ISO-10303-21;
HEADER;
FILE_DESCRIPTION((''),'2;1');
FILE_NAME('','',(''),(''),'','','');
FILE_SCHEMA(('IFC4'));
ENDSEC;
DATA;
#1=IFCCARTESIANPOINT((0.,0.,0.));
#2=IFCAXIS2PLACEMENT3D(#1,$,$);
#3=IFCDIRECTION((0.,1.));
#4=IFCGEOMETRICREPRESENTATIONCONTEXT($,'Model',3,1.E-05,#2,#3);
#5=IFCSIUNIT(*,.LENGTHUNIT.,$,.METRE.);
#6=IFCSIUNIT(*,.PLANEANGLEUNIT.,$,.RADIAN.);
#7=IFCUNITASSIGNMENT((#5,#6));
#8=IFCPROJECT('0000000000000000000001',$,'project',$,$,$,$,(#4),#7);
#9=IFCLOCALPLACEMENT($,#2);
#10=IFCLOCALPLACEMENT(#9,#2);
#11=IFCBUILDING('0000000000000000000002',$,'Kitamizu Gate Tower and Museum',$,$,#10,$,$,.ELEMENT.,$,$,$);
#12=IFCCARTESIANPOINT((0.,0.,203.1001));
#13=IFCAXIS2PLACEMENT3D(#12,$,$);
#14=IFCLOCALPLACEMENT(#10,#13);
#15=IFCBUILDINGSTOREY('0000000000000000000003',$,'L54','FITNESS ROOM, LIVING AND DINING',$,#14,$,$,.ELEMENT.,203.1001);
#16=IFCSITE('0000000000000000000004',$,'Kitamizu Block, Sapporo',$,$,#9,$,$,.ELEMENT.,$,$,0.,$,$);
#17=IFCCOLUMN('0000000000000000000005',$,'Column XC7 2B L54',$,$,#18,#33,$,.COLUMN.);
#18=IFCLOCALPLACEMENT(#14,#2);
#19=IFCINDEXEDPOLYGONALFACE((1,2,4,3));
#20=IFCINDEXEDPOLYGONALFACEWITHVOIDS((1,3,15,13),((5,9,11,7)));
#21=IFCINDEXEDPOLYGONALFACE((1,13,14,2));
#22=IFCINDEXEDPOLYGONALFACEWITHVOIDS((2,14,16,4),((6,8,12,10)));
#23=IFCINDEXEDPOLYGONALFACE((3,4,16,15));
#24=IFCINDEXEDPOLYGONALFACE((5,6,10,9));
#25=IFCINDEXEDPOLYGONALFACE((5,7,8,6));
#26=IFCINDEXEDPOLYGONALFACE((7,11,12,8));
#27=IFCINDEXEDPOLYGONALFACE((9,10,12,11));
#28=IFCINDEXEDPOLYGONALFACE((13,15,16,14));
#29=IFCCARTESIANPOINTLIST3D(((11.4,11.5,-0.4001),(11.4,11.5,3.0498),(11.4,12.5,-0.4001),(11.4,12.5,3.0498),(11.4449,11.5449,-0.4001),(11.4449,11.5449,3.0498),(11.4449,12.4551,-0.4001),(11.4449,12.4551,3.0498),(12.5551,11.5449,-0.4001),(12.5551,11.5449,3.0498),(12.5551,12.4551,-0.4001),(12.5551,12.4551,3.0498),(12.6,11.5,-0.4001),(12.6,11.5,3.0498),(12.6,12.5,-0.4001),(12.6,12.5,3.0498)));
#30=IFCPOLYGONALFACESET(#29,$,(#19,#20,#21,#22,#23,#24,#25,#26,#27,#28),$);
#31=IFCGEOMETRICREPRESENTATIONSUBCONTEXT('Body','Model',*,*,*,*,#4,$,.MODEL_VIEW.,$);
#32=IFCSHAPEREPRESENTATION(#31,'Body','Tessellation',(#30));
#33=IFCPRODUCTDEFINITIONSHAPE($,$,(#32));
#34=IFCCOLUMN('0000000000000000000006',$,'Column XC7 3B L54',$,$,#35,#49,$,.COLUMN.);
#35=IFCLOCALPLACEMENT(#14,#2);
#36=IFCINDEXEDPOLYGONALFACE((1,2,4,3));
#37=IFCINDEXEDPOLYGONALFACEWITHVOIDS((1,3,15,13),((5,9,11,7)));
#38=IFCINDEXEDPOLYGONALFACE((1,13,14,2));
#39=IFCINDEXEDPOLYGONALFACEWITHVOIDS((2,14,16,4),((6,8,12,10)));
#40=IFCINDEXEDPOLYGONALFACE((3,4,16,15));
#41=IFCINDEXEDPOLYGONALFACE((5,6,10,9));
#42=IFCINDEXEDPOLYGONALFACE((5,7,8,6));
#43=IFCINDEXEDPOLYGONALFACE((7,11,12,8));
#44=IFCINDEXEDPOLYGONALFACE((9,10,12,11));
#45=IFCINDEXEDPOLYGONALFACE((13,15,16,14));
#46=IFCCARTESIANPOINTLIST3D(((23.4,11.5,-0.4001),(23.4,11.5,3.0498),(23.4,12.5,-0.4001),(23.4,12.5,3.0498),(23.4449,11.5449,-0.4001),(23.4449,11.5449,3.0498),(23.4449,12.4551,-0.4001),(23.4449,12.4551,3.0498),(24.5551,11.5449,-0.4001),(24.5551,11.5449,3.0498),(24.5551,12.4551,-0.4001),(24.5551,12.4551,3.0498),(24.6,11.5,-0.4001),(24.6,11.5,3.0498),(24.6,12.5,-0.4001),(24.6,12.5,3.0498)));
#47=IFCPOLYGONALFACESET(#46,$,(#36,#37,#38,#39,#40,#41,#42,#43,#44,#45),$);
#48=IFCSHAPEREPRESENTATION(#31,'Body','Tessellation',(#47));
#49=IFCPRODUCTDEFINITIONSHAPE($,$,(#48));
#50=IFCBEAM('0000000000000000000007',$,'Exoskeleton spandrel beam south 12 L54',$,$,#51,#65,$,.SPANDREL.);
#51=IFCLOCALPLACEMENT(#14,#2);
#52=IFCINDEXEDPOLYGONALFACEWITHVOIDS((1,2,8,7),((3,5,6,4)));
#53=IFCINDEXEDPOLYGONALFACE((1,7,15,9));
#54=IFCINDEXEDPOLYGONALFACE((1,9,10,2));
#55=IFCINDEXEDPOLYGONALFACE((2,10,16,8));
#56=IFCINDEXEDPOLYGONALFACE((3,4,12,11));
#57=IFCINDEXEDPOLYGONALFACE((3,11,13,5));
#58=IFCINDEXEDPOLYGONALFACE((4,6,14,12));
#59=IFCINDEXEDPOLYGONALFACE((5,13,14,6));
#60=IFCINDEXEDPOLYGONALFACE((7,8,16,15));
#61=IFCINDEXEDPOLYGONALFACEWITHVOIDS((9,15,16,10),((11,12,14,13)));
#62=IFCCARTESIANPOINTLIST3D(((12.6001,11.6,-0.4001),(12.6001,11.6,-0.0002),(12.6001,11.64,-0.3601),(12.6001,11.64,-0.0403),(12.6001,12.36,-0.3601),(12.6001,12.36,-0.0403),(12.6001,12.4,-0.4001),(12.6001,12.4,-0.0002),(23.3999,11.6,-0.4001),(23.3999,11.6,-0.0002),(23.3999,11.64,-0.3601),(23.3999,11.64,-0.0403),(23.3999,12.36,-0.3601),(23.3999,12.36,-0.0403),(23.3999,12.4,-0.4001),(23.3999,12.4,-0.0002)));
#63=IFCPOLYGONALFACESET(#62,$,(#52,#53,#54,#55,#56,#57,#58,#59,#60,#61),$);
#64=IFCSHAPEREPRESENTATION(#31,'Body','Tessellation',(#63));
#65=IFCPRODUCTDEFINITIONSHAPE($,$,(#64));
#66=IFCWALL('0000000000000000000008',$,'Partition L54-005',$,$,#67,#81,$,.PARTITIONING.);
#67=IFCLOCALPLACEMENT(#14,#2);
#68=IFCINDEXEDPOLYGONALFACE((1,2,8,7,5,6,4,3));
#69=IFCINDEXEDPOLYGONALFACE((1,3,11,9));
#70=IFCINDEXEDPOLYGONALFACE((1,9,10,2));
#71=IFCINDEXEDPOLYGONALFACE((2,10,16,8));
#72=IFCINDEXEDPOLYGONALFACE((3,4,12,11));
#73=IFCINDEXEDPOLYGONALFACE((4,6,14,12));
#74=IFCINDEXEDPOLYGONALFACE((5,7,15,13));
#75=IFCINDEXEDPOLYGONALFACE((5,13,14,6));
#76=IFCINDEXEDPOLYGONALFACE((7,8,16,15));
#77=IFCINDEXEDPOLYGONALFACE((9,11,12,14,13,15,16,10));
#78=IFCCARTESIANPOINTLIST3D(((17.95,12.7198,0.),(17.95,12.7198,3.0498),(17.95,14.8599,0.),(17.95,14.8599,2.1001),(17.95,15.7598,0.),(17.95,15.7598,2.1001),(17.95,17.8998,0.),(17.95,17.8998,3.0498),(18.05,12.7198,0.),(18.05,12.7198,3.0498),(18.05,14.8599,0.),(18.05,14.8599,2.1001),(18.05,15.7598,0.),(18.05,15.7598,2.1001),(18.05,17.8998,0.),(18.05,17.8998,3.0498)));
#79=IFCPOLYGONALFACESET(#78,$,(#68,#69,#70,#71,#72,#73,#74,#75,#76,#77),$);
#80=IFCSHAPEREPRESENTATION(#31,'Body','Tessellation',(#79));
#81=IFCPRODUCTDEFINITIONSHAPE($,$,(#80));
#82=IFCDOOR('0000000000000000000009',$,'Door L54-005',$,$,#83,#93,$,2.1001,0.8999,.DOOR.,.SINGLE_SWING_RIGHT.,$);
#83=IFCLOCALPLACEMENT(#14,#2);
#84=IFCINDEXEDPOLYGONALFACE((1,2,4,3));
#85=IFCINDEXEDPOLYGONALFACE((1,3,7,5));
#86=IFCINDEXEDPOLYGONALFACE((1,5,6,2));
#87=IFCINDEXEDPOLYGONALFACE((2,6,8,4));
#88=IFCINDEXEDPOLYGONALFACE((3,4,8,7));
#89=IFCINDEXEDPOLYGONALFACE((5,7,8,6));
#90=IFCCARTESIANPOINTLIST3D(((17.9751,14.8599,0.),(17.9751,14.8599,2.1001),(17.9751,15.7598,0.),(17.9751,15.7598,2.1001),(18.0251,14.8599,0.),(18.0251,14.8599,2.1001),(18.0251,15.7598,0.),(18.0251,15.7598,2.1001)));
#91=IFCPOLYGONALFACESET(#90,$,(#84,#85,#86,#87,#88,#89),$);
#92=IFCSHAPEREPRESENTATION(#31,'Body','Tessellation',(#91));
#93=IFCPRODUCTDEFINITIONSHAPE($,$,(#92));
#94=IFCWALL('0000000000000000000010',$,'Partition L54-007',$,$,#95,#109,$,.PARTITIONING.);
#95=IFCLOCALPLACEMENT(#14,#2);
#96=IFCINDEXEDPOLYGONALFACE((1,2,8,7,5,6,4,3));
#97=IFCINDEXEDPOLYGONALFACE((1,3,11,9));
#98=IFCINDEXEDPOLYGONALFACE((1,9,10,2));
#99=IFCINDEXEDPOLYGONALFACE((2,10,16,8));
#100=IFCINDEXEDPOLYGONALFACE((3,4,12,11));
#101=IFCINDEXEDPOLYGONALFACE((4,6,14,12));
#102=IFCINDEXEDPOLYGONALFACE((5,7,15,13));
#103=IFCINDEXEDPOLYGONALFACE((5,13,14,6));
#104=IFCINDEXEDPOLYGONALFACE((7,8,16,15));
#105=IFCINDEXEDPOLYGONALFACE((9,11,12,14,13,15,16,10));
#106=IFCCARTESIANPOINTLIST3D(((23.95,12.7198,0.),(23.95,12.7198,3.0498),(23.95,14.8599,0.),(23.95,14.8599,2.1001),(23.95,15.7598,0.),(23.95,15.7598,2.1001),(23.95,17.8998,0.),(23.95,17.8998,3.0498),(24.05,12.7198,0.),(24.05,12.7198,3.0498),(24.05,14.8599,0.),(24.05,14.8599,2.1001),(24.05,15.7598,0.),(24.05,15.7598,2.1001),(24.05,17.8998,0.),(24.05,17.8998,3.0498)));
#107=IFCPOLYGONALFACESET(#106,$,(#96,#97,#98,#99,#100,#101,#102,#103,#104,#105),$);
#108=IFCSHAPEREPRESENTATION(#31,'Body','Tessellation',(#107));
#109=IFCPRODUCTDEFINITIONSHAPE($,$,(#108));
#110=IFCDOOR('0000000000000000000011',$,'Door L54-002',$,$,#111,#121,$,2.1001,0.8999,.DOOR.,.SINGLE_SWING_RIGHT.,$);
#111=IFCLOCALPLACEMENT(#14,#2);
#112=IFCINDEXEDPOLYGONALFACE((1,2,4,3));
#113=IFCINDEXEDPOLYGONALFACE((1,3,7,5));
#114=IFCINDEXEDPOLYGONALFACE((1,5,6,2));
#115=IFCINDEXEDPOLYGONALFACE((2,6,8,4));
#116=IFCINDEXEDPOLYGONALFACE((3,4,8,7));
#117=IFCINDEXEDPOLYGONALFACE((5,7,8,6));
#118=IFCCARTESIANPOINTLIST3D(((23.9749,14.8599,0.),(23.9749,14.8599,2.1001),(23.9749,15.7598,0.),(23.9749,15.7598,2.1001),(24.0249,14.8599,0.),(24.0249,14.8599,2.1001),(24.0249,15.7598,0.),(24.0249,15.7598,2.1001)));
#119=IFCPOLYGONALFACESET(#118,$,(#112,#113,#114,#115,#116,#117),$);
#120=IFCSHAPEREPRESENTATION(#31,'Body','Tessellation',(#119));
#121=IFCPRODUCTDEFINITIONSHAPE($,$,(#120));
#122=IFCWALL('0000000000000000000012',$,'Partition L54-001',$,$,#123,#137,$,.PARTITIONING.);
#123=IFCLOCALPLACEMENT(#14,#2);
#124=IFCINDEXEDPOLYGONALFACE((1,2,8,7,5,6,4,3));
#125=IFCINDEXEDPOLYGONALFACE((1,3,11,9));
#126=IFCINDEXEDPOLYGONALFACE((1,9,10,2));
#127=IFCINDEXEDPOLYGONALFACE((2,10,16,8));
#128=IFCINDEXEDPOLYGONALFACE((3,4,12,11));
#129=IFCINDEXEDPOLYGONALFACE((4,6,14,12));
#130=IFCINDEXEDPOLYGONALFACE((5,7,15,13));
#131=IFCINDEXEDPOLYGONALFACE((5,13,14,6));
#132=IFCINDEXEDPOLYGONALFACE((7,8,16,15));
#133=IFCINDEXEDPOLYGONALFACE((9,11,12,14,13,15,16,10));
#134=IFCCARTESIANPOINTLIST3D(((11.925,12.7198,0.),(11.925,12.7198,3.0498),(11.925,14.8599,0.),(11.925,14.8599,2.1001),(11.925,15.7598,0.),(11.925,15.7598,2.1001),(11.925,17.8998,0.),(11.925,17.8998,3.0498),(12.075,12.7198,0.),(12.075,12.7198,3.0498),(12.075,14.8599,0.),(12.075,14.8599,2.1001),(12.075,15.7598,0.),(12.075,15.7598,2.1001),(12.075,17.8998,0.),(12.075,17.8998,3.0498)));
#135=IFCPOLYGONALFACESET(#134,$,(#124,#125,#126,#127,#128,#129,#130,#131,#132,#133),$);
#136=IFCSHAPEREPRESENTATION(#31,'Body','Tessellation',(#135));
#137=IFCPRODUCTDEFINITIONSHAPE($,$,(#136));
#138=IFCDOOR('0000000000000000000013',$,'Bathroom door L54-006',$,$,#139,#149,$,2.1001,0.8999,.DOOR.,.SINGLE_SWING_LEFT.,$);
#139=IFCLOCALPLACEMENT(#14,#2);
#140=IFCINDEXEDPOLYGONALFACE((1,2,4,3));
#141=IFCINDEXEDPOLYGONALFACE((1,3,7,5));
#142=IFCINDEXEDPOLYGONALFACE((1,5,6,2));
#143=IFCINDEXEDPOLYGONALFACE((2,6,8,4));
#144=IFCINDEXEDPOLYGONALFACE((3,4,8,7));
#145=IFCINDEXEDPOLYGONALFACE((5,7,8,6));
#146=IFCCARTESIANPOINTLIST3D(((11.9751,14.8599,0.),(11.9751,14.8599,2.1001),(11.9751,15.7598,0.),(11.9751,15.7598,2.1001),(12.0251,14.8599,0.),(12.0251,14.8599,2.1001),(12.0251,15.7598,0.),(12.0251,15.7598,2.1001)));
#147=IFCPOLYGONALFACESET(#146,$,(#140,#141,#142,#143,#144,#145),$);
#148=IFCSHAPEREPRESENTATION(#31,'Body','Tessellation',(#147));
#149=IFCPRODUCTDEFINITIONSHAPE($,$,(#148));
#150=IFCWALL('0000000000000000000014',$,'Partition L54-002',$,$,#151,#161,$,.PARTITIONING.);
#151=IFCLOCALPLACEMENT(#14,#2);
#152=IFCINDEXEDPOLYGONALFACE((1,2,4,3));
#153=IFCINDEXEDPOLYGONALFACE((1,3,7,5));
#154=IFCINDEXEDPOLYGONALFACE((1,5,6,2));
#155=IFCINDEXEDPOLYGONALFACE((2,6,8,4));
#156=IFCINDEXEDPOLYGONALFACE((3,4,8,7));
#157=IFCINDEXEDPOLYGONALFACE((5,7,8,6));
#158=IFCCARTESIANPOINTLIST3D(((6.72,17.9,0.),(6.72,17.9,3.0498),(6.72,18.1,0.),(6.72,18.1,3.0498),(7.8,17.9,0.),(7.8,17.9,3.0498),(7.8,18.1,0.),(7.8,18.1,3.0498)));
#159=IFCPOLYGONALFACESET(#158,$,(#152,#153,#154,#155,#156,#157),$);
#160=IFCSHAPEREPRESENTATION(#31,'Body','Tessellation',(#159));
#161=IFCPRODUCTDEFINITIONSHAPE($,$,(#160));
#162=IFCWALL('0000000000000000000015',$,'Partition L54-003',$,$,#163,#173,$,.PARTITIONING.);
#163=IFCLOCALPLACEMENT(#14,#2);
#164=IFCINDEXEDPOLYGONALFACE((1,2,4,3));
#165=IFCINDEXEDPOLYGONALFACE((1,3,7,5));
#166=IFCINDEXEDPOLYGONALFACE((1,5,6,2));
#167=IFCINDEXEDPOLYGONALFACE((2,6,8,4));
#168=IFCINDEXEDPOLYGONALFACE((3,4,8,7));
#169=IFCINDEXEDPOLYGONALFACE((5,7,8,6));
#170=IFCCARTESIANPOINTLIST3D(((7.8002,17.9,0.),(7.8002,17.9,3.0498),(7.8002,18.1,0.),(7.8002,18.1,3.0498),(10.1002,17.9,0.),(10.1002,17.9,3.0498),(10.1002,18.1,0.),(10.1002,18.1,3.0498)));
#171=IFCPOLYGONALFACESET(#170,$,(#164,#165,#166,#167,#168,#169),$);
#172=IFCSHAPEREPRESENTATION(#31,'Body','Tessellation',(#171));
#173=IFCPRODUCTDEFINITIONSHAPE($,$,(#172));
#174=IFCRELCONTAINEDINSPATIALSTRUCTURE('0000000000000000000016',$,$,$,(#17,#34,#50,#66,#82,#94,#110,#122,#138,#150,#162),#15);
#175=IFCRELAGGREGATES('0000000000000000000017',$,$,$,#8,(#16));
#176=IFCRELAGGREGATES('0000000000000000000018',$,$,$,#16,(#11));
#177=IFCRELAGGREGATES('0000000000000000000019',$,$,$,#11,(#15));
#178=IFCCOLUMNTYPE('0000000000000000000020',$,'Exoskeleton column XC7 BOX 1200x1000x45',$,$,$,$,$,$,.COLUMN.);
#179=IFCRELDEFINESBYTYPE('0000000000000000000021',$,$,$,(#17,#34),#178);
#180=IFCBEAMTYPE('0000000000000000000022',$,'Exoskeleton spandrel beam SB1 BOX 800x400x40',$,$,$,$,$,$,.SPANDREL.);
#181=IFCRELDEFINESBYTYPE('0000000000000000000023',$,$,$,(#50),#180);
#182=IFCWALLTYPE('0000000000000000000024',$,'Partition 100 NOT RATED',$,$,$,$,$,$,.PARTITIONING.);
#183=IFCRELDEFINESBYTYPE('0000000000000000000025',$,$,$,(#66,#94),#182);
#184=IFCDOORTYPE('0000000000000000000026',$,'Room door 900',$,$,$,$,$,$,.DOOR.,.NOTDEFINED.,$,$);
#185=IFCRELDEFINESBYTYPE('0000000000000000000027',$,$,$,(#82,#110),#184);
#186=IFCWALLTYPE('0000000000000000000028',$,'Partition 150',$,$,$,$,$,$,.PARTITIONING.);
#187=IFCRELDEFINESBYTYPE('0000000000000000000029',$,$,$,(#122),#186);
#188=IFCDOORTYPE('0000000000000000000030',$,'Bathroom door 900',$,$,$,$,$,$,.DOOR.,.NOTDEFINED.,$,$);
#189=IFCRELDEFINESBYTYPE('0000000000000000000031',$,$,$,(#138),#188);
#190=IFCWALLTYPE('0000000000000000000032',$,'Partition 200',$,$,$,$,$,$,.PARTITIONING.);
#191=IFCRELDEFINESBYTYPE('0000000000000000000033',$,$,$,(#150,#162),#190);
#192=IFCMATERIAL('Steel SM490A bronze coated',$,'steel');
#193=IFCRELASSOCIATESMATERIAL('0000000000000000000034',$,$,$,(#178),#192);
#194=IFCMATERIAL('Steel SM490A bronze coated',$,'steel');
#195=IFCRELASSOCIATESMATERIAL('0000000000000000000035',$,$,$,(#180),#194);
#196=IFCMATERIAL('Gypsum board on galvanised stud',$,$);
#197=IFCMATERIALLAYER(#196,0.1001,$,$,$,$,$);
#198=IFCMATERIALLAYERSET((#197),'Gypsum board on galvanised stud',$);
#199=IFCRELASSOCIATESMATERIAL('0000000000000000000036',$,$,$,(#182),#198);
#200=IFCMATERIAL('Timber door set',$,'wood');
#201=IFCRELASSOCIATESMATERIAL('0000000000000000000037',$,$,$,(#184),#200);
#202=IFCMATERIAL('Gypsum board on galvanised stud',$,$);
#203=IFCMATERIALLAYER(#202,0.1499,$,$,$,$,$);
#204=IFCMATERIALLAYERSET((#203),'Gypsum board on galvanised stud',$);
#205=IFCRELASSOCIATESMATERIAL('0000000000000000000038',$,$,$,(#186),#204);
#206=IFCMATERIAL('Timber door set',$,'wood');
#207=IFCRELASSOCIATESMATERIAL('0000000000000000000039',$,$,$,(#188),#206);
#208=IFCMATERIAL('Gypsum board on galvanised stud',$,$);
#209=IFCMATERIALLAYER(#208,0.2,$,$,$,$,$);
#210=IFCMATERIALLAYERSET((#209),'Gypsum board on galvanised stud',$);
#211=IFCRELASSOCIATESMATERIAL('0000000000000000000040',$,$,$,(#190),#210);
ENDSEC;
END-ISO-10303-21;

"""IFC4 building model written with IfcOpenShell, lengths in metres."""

from ifc_helpers import new_model, si_unit, direction, frame, frame_2d, origin, origin_2d, place, context, subcontext, project, spatial, rectangle, hollow_rectangle, extrude, material, layer, layer_set, material_profile, profile_set, type_object, element, fill, save


model = new_model("IFC4")

# Units and contexts
model_context = context("Model", 3, precision=1e-05, world=origin(), true_north=direction((0.0, 1.0)))
body_context = subcontext(model_context, "Body", "Model", "MODEL_VIEW")
ifc_project = project(units=[si_unit("LENGTHUNIT", "METRE"), si_unit("PLANEANGLEUNIT", "RADIAN")], contexts=[model_context])

# Site, building, storey
site_placement = place(None, origin())
site = spatial("IfcSite", under=ifc_project, at=site_placement, Name="Kitamizu Block, Sapporo", CompositionType="ELEMENT", RefElevation=0.0)
building_placement = place(site_placement, origin())
building = spatial("IfcBuilding", under=site, at=building_placement, Name="Kitamizu Gate Tower and Museum", CompositionType="ELEMENT")
storey_placement = place(building_placement, frame((0.0, 0.0, 203.1001)))
storey = spatial("IfcBuildingStorey", under=building, at=storey_placement, Name="L54", Description="FITNESS ROOM, LIVING AND DINING", CompositionType="ELEMENT", Elevation=203.1001)

# Columns
ifc_material_1 = material(Name="Steel SM490A bronze coated", Category="steel")
ifc_material_profile_1 = material_profile(ifc_material_1, hollow_rectangle(XDim=1.2, YDim=1.0, WallThickness=0.0449, at=origin_2d()), Name="BOX 1200x1000x45")
ifc_profile_set_1 = profile_set([ifc_material_profile_1], Name="Steel SM490A bronze coated")
column_type = type_object("IfcColumnType", Name="Exoskeleton column XC7 BOX 1200x1000x45", PredefinedType="COLUMN", material=ifc_profile_set_1)
for number, where, z_axis, x_axis, name in (
    (1, (12.0, 12.0, -0.4001), (0.0, 0.0, 1.0), (1.0, 0.0, 0.0), "Column XC7 2B L54"),
    (2, (24.0, 12.0, -0.4001), (0.0, 0.0, 1.0), (1.0, 0.0, 0.0), "Column XC7 3B L54"),
):
    element("IfcColumn", number, at=place(storey_placement, frame(where, z_axis=z_axis, x_axis=x_axis)), inside=storey, type_object=column_type, Name=name, PredefinedType="COLUMN", context=body_context, shape_type="SweptSolid", body=[
        extrude(hollow_rectangle(XDim=1.2, YDim=1.0, WallThickness=0.0449, at=origin_2d()), origin(), (0.0, 0.0, 1.0), 3.45),
    ])

# Beam
ifc_material_2 = material(Name="Steel SM490A bronze coated", Category="steel")
ifc_material_profile_2 = material_profile(ifc_material_2, hollow_rectangle(XDim=0.8, YDim=0.3999, WallThickness=0.04, at=origin_2d()), Name="BOX 800x400x40")
ifc_profile_set_2 = profile_set([ifc_material_profile_2], Name="Steel SM490A bronze coated")
beam_type = type_object("IfcBeamType", Name="Exoskeleton spandrel beam SB1 BOX 800x400x40", PredefinedType="SPANDREL", material=ifc_profile_set_2)
beam_placement = place(storey_placement, frame((12.6001, 12.0, -0.2002), z_axis=(1.0, 0.0, 0.0), x_axis=(0.0, 1.0, 0.0)))
element("IfcBeam", 3, at=beam_placement, inside=storey, type_object=beam_type, Name="Exoskeleton spandrel beam south 12 L54", PredefinedType="SPANDREL", context=body_context, shape_type="SweptSolid", body=[
    extrude(hollow_rectangle(XDim=0.8, YDim=0.3999, WallThickness=0.04, at=origin_2d()), origin(), (0.0, 0.0, 1.0), 10.7998),
])

# Walls, openings, doors
ifc_material_3 = material(Name="Gypsum board on galvanised stud")
ifc_layer_1 = layer(ifc_material_3, 0.1001)
ifc_layer_set_1 = layer_set([ifc_layer_1], Name="Gypsum board on galvanised stud")
wall_type_1 = type_object("IfcWallType", Name="Partition 100 NOT RATED", PredefinedType="PARTITIONING", material=ifc_layer_set_1)
wall_1_placement = place(storey_placement, frame((18.0, 12.72, 0.0), z_axis=(0.0, 0.0, 1.0), x_axis=(0.0, 1.0, 0.0)))
wall_1 = element("IfcWall", 4, at=wall_1_placement, inside=storey, type_object=wall_type_1, Name="Partition L54-005", PredefinedType="PARTITIONING", context=body_context, shape_type="SweptSolid", body=[
    extrude(rectangle(XDim=5.1799, YDim=0.1001, at=frame_2d((2.5898, 0.0))), origin(), (0.0, 0.0, 1.0), 3.0498),
])
opening_1_placement = place(wall_1_placement, frame((2.1399, 0.0, 0.0)))
opening_1 = element("IfcOpeningElement", 5, at=opening_1_placement, cuts=wall_1, PredefinedType="OPENING", context=body_context, shape_type="SweptSolid", body=[
    extrude(rectangle(XDim=0.8999, YDim=2.1001, at=frame_2d((0.45, 1.05))), frame((0.0, 0.0601, 0.0), z_axis=(0.0, -1.0, 0.0), x_axis=(1.0, 0.0, 0.0)), (0.0, 0.0, 1.0), 0.1201),
])
ifc_material_4 = material(Name="Timber door set", Category="wood")
door_type_1 = type_object("IfcDoorType", Name="Room door 900", OperationType="NOTDEFINED", PredefinedType="DOOR", material=ifc_material_4)
door_1_placement = place(opening_1_placement, origin())
door_1 = element("IfcDoor", 6, at=door_1_placement, inside=storey, type_object=door_type_1, Name="Door L54-005", OperationType="SINGLE_SWING_RIGHT", OverallHeight=2.1001, OverallWidth=0.8999, PredefinedType="DOOR", context=body_context, shape_type="SweptSolid", body=[
    extrude(rectangle(XDim=0.8999, YDim=2.1001, at=frame_2d((0.45, 1.05))), frame((0.0, 0.0249, 0.0), z_axis=(0.0, -1.0, 0.0), x_axis=(1.0, 0.0, 0.0)), (0.0, 0.0, 1.0), 0.05),
])
fill(opening_1, door_1)
wall_2_placement = place(storey_placement, frame((24.0, 12.72, 0.0), z_axis=(0.0, 0.0, 1.0), x_axis=(0.0, 1.0, 0.0)))
wall_2 = element("IfcWall", 7, at=wall_2_placement, inside=storey, type_object=wall_type_1, Name="Partition L54-007", PredefinedType="PARTITIONING", context=body_context, shape_type="SweptSolid", body=[
    extrude(rectangle(XDim=5.1799, YDim=0.1001, at=frame_2d((2.5898, 0.0))), origin(), (0.0, 0.0, 1.0), 3.0498),
])
opening_2_placement = place(wall_2_placement, frame((2.1399, 0.0, 0.0)))
opening_2 = element("IfcOpeningElement", 8, at=opening_2_placement, cuts=wall_2, PredefinedType="OPENING", context=body_context, shape_type="SweptSolid", body=[
    extrude(rectangle(XDim=0.8999, YDim=2.1001, at=frame_2d((0.45, 1.05))), frame((0.0, 0.0601, 0.0), z_axis=(0.0, -1.0, 0.0), x_axis=(1.0, 0.0, 0.0)), (0.0, 0.0, 1.0), 0.1201),
])
door_2_placement = place(opening_2_placement, frame((0.8999, 0.0, 0.0), x_axis=(-1.0, 0.0, 0.0)))
door_2 = element("IfcDoor", 9, at=door_2_placement, inside=storey, type_object=door_type_1, Name="Door L54-002", OperationType="SINGLE_SWING_RIGHT", OverallHeight=2.1001, OverallWidth=0.8999, PredefinedType="DOOR", context=body_context, shape_type="SweptSolid", body=[
    extrude(rectangle(XDim=0.8999, YDim=2.1001, at=frame_2d((0.45, 1.05))), frame((0.0, 0.0249, 0.0), z_axis=(0.0, -1.0, 0.0), x_axis=(1.0, 0.0, 0.0)), (0.0, 0.0, 1.0), 0.05),
])
fill(opening_2, door_2)
ifc_material_5 = material(Name="Gypsum board on galvanised stud")
ifc_layer_2 = layer(ifc_material_5, 0.1499)
ifc_layer_set_2 = layer_set([ifc_layer_2], Name="Gypsum board on galvanised stud")
wall_type_2 = type_object("IfcWallType", Name="Partition 150", PredefinedType="PARTITIONING", material=ifc_layer_set_2)
wall_3_placement = place(storey_placement, frame((12.0, 12.72, 0.0), z_axis=(0.0, 0.0, 1.0), x_axis=(0.0, 1.0, 0.0)))
wall_3 = element("IfcWall", 10, at=wall_3_placement, inside=storey, type_object=wall_type_2, Name="Partition L54-001", PredefinedType="PARTITIONING", context=body_context, shape_type="SweptSolid", body=[
    extrude(rectangle(XDim=5.1799, YDim=0.1499, at=frame_2d((2.5898, 0.0))), origin(), (0.0, 0.0, 1.0), 3.0498),
])
opening_3_placement = place(wall_3_placement, frame((2.1399, 0.0, 0.0)))
opening_3 = element("IfcOpeningElement", 11, at=opening_3_placement, cuts=wall_3, PredefinedType="OPENING", context=body_context, shape_type="SweptSolid", body=[
    extrude(rectangle(XDim=0.8999, YDim=2.1001, at=frame_2d((0.45, 1.05))), frame((0.0, 0.085, 0.0), z_axis=(0.0, -1.0, 0.0), x_axis=(1.0, 0.0, 0.0)), (0.0, 0.0, 1.0), 0.1699),
])
ifc_material_6 = material(Name="Timber door set", Category="wood")
door_type_2 = type_object("IfcDoorType", Name="Bathroom door 900", OperationType="NOTDEFINED", PredefinedType="DOOR", material=ifc_material_6)
door_3_placement = place(opening_3_placement, origin())
door_3 = element("IfcDoor", 12, at=door_3_placement, inside=storey, type_object=door_type_2, Name="Bathroom door L54-006", OperationType="SINGLE_SWING_LEFT", OverallHeight=2.1001, OverallWidth=0.8999, PredefinedType="DOOR", context=body_context, shape_type="SweptSolid", body=[
    extrude(rectangle(XDim=0.8999, YDim=2.1001, at=frame_2d((0.45, 1.05))), frame((0.0, 0.0249, 0.0), z_axis=(0.0, -1.0, 0.0), x_axis=(1.0, 0.0, 0.0)), (0.0, 0.0, 1.0), 0.05),
])
fill(opening_3, door_3)

# Walls
ifc_material_7 = material(Name="Gypsum board on galvanised stud")
ifc_layer_3 = layer(ifc_material_7, 0.2)
ifc_layer_set_3 = layer_set([ifc_layer_3], Name="Gypsum board on galvanised stud")
wall_type_3 = type_object("IfcWallType", Name="Partition 200", PredefinedType="PARTITIONING", material=ifc_layer_set_3)
wall_4_placement = place(storey_placement, frame((7.8, 18.0, 0.0), z_axis=(0.0, 0.0, 1.0), x_axis=(-1.0, 0.0, 0.0)))
element("IfcWall", 13, at=wall_4_placement, inside=storey, type_object=wall_type_3, Name="Partition L54-002", PredefinedType="PARTITIONING", context=body_context, shape_type="SweptSolid", body=[
    extrude(rectangle(XDim=1.0801, YDim=0.2, at=frame_2d((0.54, 0.0))), origin(), (0.0, 0.0, 1.0), 3.0498),
])
wall_5_placement = place(storey_placement, frame((10.1001, 18.0, 0.0), z_axis=(0.0, 0.0, 1.0), x_axis=(-1.0, 0.0, 0.0)))
element("IfcWall", 14, at=wall_5_placement, inside=storey, type_object=wall_type_3, Name="Partition L54-003", PredefinedType="PARTITIONING", context=body_context, shape_type="SweptSolid", body=[
    extrude(rectangle(XDim=2.3, YDim=0.2, at=frame_2d((1.1499, 0.0))), origin(), (0.0, 0.0, 1.0), 3.0498),
])

save(model, "model.ifc")
